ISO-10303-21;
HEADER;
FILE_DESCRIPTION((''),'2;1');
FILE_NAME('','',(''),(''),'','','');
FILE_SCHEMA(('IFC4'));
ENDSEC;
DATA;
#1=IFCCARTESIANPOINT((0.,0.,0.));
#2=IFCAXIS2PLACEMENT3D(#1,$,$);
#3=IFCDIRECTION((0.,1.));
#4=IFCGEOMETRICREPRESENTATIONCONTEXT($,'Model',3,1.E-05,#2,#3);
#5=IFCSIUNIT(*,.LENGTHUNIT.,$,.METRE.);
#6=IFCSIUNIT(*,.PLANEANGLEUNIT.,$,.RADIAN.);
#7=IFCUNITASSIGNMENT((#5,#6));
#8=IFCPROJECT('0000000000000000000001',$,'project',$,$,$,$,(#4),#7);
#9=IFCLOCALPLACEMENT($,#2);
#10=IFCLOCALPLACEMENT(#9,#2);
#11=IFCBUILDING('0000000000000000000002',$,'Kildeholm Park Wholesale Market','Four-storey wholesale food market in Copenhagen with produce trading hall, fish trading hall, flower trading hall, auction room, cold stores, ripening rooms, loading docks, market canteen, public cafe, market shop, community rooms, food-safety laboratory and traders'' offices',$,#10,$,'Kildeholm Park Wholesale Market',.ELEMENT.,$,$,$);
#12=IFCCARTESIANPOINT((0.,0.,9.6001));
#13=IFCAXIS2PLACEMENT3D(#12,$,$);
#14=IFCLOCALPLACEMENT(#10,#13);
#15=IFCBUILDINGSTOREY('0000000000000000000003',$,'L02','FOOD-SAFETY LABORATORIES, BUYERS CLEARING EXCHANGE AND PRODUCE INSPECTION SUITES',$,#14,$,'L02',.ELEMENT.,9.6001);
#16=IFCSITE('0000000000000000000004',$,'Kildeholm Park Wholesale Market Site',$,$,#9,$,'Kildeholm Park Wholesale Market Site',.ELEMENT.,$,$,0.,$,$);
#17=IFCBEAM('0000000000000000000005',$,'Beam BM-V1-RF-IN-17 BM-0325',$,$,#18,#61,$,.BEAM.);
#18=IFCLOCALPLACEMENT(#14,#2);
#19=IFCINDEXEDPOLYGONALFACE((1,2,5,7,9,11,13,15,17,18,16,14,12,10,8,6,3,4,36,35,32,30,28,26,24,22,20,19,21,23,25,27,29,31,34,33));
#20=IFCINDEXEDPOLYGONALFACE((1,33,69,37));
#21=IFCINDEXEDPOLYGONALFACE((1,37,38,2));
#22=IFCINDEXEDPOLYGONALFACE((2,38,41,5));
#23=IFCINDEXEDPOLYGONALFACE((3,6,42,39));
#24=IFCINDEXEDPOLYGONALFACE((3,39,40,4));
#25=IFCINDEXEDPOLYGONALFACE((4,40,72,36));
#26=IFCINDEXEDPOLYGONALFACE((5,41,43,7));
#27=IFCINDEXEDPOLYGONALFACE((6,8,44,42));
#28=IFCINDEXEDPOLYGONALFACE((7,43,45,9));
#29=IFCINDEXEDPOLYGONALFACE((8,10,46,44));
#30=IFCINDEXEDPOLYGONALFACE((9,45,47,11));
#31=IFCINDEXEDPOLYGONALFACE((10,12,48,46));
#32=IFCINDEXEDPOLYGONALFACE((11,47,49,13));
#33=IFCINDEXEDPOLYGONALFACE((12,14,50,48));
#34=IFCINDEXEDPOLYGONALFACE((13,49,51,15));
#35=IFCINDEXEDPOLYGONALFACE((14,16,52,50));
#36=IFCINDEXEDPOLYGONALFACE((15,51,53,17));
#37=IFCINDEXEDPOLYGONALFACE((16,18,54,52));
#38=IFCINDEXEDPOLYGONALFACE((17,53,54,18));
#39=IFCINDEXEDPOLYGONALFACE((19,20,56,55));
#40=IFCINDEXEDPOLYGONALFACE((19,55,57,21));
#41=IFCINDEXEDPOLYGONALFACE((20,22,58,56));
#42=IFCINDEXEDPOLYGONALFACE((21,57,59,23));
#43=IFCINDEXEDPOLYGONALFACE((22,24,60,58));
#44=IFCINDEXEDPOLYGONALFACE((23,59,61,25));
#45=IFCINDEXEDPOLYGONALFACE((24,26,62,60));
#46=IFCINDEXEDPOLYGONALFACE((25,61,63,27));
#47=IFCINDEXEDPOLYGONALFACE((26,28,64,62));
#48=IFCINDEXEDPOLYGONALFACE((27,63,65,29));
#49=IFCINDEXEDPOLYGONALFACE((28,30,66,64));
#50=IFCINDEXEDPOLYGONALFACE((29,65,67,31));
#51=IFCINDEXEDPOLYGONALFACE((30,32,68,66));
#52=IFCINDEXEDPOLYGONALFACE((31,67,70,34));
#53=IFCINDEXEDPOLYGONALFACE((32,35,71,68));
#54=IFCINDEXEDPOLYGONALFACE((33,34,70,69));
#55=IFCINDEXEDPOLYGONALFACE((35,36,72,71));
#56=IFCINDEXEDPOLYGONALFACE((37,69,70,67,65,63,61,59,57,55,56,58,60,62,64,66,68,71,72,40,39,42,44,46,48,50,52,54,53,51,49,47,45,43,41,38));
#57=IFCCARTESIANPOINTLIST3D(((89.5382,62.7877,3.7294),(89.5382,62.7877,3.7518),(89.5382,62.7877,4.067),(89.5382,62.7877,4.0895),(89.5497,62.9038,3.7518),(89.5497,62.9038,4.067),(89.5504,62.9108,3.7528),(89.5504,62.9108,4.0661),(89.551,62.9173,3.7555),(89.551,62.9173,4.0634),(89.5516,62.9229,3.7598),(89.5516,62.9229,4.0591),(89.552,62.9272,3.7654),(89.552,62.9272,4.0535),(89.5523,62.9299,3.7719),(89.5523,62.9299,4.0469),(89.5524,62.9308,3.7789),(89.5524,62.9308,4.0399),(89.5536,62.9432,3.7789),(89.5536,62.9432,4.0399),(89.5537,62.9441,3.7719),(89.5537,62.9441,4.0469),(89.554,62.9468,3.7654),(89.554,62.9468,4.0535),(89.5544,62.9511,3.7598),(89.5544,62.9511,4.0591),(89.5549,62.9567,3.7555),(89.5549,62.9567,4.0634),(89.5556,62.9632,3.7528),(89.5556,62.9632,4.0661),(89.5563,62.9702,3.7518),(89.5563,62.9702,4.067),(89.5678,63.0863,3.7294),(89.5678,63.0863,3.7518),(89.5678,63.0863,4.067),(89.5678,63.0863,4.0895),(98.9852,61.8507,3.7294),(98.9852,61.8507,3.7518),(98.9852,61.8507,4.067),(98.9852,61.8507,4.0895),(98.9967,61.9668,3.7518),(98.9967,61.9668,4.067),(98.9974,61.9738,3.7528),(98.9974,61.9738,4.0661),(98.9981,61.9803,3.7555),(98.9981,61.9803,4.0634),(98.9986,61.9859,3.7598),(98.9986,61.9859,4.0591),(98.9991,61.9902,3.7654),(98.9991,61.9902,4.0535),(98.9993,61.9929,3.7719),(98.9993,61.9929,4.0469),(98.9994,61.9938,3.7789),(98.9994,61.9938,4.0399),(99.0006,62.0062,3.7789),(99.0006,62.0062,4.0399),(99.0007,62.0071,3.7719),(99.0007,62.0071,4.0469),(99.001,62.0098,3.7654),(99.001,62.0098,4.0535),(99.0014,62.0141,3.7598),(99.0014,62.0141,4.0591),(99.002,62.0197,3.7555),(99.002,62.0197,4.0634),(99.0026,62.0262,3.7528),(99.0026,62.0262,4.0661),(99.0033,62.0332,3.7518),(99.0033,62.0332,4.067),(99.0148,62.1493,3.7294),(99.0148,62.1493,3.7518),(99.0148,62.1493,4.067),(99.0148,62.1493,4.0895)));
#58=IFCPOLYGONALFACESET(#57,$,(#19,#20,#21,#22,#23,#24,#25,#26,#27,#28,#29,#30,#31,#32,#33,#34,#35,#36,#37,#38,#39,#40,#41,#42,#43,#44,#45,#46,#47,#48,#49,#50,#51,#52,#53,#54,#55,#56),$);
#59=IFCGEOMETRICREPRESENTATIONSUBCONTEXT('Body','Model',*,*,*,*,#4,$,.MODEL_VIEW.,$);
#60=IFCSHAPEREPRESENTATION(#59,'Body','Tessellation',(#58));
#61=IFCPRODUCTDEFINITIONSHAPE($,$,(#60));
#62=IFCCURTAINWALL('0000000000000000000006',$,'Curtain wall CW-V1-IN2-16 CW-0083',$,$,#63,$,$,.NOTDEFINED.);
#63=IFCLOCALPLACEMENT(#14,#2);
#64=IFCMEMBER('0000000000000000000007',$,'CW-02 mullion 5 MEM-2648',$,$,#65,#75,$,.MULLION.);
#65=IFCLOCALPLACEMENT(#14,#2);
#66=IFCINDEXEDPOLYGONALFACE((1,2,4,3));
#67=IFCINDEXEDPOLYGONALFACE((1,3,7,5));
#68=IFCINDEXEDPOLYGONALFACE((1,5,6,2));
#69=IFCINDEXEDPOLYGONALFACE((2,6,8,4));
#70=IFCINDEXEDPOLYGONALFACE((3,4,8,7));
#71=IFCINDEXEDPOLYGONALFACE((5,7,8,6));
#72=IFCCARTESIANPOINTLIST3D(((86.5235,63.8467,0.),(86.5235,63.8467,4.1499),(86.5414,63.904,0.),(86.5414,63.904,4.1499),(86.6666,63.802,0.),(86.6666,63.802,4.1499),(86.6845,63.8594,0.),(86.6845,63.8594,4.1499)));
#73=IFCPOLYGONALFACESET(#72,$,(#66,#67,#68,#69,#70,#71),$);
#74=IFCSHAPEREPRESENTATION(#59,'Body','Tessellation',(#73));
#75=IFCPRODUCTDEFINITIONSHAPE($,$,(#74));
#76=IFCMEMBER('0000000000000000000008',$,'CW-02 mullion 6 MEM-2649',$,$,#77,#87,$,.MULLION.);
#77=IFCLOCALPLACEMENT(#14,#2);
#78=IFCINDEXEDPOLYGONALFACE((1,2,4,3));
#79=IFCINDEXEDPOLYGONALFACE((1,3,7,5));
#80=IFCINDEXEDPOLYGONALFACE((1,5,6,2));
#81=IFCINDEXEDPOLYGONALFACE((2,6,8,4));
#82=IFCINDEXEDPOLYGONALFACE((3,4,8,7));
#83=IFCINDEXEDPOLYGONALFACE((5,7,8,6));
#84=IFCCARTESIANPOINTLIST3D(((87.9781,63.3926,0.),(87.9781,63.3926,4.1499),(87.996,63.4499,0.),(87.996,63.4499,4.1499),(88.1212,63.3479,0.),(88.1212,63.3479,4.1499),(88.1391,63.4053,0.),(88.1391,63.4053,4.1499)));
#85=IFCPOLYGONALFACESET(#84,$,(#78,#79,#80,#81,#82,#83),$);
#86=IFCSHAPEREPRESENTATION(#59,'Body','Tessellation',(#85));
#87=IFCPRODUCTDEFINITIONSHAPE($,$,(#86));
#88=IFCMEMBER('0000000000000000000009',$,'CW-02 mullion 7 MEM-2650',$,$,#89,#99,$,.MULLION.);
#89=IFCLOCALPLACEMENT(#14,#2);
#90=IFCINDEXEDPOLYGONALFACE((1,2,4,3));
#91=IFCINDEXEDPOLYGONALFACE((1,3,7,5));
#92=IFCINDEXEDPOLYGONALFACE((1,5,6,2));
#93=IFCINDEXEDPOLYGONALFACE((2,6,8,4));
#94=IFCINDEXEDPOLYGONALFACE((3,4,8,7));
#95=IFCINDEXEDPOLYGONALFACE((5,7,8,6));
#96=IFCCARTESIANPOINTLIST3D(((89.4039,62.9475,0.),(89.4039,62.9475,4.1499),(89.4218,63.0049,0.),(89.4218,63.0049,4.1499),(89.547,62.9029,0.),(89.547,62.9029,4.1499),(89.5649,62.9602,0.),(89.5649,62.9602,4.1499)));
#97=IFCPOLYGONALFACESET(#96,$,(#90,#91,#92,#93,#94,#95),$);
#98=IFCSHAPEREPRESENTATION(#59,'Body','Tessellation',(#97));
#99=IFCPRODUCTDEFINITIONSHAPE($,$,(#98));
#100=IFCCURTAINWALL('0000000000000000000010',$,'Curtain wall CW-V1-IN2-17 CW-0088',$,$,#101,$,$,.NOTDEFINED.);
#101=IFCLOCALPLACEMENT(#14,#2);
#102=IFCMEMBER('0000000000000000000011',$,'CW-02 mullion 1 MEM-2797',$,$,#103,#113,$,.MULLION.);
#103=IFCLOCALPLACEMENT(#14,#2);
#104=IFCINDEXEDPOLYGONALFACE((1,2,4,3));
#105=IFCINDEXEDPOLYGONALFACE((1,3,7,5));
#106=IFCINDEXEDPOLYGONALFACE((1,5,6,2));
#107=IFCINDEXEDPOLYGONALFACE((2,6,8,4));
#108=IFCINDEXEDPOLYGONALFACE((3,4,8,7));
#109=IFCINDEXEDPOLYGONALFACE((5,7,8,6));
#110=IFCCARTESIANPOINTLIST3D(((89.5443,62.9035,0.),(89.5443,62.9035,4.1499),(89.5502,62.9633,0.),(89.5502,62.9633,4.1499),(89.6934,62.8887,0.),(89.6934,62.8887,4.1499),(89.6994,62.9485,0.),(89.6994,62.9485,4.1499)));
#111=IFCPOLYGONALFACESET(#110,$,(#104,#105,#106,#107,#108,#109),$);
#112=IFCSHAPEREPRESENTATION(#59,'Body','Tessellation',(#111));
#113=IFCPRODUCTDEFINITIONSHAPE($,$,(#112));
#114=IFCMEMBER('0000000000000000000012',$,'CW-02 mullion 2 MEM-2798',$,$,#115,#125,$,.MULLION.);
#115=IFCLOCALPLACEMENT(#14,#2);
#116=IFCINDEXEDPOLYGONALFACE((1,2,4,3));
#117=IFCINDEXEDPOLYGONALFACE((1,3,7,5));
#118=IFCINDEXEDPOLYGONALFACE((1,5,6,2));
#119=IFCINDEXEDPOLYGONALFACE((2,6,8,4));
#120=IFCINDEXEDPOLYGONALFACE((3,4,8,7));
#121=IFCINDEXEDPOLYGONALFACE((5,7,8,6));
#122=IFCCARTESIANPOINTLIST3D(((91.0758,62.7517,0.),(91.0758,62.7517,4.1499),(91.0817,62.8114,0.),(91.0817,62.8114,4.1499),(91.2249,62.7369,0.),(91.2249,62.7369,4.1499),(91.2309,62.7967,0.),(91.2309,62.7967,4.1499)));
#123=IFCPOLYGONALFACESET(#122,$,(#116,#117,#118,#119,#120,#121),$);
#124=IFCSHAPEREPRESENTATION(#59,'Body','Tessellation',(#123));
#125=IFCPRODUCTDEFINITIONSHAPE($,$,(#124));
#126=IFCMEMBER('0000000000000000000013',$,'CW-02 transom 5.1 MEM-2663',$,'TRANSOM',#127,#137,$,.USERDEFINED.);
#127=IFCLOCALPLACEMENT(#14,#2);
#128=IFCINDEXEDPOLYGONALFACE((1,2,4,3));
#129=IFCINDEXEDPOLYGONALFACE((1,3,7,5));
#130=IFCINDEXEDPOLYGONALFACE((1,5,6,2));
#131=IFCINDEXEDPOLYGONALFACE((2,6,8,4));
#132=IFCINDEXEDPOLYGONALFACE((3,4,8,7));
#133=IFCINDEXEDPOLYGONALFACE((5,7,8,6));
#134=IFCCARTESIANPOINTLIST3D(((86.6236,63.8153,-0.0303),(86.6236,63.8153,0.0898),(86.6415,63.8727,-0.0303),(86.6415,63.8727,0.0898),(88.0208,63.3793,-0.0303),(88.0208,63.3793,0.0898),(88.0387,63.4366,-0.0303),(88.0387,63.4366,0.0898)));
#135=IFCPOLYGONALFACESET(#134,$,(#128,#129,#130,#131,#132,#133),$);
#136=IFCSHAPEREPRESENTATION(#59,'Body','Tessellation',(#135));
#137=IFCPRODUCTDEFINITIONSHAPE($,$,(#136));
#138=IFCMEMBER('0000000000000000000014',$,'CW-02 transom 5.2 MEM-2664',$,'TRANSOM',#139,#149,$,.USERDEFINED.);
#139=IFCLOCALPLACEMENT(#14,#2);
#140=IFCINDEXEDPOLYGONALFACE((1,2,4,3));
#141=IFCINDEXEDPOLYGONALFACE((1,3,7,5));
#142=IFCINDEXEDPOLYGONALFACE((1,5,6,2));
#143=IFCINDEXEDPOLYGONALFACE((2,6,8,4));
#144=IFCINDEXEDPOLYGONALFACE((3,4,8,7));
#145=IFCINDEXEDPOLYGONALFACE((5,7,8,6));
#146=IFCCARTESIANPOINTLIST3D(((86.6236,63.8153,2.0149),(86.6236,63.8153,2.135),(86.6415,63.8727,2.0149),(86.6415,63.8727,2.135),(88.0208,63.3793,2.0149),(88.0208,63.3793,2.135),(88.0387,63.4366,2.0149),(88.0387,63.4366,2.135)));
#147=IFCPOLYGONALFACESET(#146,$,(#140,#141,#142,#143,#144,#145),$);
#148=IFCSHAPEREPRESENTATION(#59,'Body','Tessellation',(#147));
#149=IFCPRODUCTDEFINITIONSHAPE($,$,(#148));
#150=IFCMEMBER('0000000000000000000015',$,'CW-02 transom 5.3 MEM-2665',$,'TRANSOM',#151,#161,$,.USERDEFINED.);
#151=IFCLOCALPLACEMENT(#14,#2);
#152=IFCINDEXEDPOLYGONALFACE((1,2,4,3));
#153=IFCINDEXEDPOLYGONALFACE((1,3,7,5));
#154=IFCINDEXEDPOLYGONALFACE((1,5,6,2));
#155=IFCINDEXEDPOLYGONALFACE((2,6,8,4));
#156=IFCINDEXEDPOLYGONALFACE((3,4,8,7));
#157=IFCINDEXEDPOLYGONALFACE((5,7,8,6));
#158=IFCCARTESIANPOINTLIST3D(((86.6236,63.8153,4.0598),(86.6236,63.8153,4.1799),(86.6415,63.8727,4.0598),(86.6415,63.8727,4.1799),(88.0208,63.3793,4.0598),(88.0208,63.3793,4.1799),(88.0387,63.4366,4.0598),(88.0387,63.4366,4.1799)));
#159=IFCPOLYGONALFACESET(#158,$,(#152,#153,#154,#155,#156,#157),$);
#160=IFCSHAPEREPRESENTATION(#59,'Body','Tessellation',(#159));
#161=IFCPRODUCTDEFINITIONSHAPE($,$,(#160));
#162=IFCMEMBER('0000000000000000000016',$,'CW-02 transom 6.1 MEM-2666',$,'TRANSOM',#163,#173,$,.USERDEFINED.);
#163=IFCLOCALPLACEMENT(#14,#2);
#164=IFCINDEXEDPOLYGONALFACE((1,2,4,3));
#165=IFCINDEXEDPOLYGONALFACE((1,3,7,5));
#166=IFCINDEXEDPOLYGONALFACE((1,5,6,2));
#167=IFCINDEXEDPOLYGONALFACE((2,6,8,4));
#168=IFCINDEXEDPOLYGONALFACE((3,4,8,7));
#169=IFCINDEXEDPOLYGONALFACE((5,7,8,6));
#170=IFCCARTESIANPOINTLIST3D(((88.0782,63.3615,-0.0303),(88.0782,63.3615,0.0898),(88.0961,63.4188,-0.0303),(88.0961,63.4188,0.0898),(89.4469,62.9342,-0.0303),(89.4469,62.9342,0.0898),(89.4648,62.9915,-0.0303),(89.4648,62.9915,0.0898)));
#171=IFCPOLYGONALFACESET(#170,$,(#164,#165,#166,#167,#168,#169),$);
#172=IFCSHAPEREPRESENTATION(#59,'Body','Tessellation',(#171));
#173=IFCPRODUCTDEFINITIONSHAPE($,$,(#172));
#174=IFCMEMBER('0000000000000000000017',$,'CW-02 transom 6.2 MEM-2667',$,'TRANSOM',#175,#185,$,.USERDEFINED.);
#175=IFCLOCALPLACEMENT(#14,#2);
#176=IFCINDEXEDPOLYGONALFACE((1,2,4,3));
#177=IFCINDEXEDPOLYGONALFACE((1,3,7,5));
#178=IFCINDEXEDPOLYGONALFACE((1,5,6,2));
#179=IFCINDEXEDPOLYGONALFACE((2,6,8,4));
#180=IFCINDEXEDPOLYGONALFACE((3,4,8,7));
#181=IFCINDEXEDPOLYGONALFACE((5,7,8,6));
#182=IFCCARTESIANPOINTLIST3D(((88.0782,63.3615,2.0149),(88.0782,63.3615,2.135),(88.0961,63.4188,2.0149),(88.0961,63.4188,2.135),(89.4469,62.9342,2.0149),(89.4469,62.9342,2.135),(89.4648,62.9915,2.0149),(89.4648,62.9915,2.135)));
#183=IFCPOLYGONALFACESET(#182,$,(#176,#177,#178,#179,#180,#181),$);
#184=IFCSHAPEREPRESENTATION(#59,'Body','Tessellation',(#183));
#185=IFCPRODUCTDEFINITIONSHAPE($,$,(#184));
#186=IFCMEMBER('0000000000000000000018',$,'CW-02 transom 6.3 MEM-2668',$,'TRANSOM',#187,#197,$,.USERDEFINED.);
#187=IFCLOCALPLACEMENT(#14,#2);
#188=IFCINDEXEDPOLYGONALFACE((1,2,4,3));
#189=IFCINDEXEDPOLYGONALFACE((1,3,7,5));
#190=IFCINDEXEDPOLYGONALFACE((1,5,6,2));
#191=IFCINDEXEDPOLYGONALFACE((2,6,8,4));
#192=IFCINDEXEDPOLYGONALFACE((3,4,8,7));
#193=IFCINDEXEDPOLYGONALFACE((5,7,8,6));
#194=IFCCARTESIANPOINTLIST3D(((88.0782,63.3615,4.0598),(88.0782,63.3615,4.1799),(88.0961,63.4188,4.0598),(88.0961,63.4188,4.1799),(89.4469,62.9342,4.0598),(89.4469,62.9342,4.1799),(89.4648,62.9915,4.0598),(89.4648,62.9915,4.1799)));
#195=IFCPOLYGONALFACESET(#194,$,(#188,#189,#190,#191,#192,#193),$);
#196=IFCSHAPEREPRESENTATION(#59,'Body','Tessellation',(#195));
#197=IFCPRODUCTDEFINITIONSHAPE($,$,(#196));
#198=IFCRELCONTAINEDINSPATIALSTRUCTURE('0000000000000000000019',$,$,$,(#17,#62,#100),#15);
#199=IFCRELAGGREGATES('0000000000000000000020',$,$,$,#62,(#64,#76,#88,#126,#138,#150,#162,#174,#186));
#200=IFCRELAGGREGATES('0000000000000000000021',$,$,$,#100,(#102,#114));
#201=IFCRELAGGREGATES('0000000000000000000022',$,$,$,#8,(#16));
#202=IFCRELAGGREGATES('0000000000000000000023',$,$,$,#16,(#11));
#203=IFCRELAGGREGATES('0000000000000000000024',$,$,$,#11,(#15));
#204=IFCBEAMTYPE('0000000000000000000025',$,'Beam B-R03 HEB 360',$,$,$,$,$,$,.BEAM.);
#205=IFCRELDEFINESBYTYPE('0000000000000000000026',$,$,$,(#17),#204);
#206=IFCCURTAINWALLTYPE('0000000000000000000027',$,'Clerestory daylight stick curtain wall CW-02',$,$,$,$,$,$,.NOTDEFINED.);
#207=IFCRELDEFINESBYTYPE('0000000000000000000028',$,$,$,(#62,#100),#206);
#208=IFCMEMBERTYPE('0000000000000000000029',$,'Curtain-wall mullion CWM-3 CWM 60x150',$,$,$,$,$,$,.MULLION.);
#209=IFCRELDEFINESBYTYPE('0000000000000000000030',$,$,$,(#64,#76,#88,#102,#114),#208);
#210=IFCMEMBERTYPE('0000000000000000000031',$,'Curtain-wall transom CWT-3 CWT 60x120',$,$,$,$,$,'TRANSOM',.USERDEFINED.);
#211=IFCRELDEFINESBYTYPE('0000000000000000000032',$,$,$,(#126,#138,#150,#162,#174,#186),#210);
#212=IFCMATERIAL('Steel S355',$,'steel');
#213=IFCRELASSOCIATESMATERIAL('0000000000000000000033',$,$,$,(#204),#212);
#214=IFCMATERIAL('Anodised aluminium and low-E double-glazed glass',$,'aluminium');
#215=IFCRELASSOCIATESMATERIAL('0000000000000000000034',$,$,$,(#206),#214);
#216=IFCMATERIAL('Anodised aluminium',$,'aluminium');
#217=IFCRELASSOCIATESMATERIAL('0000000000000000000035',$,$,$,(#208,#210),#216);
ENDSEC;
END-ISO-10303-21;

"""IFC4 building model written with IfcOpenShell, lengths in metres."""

from ifc_helpers import new_model, si_unit, direction, frame, origin, origin_2d, place, context, subcontext, project, spatial, rectangle, i_section, extrude, material, material_profile, profile_set, type_object, element, aggregate, save


model = new_model("IFC4")

# Units and contexts
model_context = context("Model", 3, precision=1e-05, world=origin(), true_north=direction((0.0, 1.0)))
body_context = subcontext(model_context, "Body", "Model", "MODEL_VIEW")
ifc_project = project(units=[si_unit("LENGTHUNIT", "METRE"), si_unit("PLANEANGLEUNIT", "RADIAN")], contexts=[model_context])

# Site, building, storey
site_placement = place(None, origin())
site = spatial("IfcSite", under=ifc_project, at=site_placement, Name="Kildeholm Park Wholesale Market Site", LongName="Kildeholm Park Wholesale Market Site", CompositionType="ELEMENT", RefElevation=0.0)
building_placement = place(site_placement, origin())
building = spatial("IfcBuilding", under=site, at=building_placement, Name="Kildeholm Park Wholesale Market", Description="Four-storey wholesale food market in Copenhagen with produce trading hall, fish trading hall, flower trading hall, auction room, cold stores, ripening rooms, loading docks, market canteen, public cafe, market shop, community rooms, food-safety laboratory and traders' offices", LongName="Kildeholm Park Wholesale Market", CompositionType="ELEMENT")
storey_placement = place(building_placement, frame((0.0, 0.0, 9.6001)))
storey = spatial("IfcBuildingStorey", under=building, at=storey_placement, Name="L02", Description="FOOD-SAFETY LABORATORIES, BUYERS CLEARING EXCHANGE AND PRODUCE INSPECTION SUITES", LongName="L02", CompositionType="ELEMENT", Elevation=9.6001)

# Shared definitions
ifc_material_1 = material(Name="Steel S355", Category="steel")

# Beam
ifc_material_profile_1 = material_profile(ifc_material_1, i_section(OverallWidth=0.3, OverallDepth=0.3601, WebThickness=0.0125, FlangeThickness=0.0225, FilletRadius=0.0271, at=origin_2d()), Name="HEB 360")
ifc_profile_set_1 = profile_set([ifc_material_profile_1], Name="Steel S355")
beam_type_1 = type_object("IfcBeamType", Name="Beam B-R03 HEB 360", PredefinedType="BEAM", material=ifc_profile_set_1)
beam_1_placement = place(storey_placement, frame((89.553, 62.937, 3.9094), z_axis=(0.995117, -0.098702, 0.0), x_axis=(0.098702, 0.995117, 0.0)))
element("IfcBeam", 1, at=beam_1_placement, inside=storey, type_object=beam_type_1, Name="Beam BM-V1-RF-IN-17 BM-0325", PredefinedType="BEAM", context=body_context, shape_type="SweptSolid", body=[
    extrude(i_section(OverallWidth=0.3, OverallDepth=0.3601, WebThickness=0.0125, FlangeThickness=0.0225, FilletRadius=0.0271, at=origin_2d()), origin(), (0.0, 0.0, 1.0), 9.4934),
])

# Curtain walls, members
ifc_material_2 = material(Name="Anodised aluminium and low-E double-glazed glass", Category="aluminium")
curtain_wall_type = type_object("IfcCurtainWallType", Name="Clerestory daylight stick curtain wall CW-02", PredefinedType="NOTDEFINED", material=ifc_material_2)
curtain_wall_1_placement = place(storey_placement, origin())
curtain_wall_1 = element("IfcCurtainWall", 2, at=curtain_wall_1_placement, inside=storey, type_object=curtain_wall_type, Name="Curtain wall CW-V1-IN2-16 CW-0083", PredefinedType="NOTDEFINED")
ifc_material_3 = material(Name="Anodised aluminium", Category="aluminium")
ifc_material_profile_2 = material_profile(ifc_material_3, rectangle(XDim=0.0601, YDim=0.1499, at=origin_2d()), Name="CWM 60x150")
ifc_profile_set_2 = profile_set([ifc_material_profile_2], Name="Anodised aluminium")
member_type_1 = type_object("IfcMemberType", Name="Curtain-wall mullion CWM-3 CWM 60x150", PredefinedType="MULLION", material=ifc_profile_set_2)
member_1_placement = place(storey_placement, frame((86.604, 63.853, 0.0), z_axis=(0.0, 0.0, 1.0), x_axis=(0.297957, 0.954579, 0.0)))
member_1 = element("IfcMember", 3, at=member_1_placement, type_object=member_type_1, Name="CW-02 mullion 5 MEM-2648", PredefinedType="MULLION", context=body_context, shape_type="SweptSolid", body=[
    extrude(rectangle(XDim=0.0601, YDim=0.1499, at=origin_2d()), origin(), (0.0, 0.0, 1.0), 4.1499),
])
member_2_placement = place(storey_placement, frame((88.0586, 63.3989, 0.0), z_axis=(0.0, 0.0, 1.0), x_axis=(0.297957, 0.954579, 0.0)))
member_2 = element("IfcMember", 4, at=member_2_placement, type_object=member_type_1, Name="CW-02 mullion 6 MEM-2649", PredefinedType="MULLION", context=body_context, shape_type="SweptSolid", body=[
    extrude(rectangle(XDim=0.0601, YDim=0.1499, at=origin_2d()), origin(), (0.0, 0.0, 1.0), 4.1499),
])
member_3_placement = place(storey_placement, frame((89.4844, 62.9539, 0.0), z_axis=(0.0, 0.0, 1.0), x_axis=(0.297957, 0.954579, 0.0)))
member_3 = element("IfcMember", 5, at=member_3_placement, type_object=member_type_1, Name="CW-02 mullion 7 MEM-2650", PredefinedType="MULLION", context=body_context, shape_type="SweptSolid", body=[
    extrude(rectangle(XDim=0.0601, YDim=0.1499, at=origin_2d()), origin(), (0.0, 0.0, 1.0), 4.1499),
])
curtain_wall_2_placement = place(storey_placement, origin())
curtain_wall_2 = element("IfcCurtainWall", 6, at=curtain_wall_2_placement, inside=storey, type_object=curtain_wall_type, Name="Curtain wall CW-V1-IN2-17 CW-0088", PredefinedType="NOTDEFINED")
member_4_placement = place(storey_placement, frame((89.6218, 62.926, 0.0), z_axis=(0.0, 0.0, 1.0), x_axis=(0.098683, 0.995119, 0.0)))
member_4 = element("IfcMember", 7, at=member_4_placement, type_object=member_type_1, Name="CW-02 mullion 1 MEM-2797", PredefinedType="MULLION", context=body_context, shape_type="SweptSolid", body=[
    extrude(rectangle(XDim=0.0601, YDim=0.1499, at=origin_2d()), origin(), (0.0, 0.0, 1.0), 4.1499),
])
member_5_placement = place(storey_placement, frame((91.1533, 62.7742, 0.0), z_axis=(0.0, 0.0, 1.0), x_axis=(0.098683, 0.995119, 0.0)))
member_5 = element("IfcMember", 8, at=member_5_placement, type_object=member_type_1, Name="CW-02 mullion 2 MEM-2798", PredefinedType="MULLION", context=body_context, shape_type="SweptSolid", body=[
    extrude(rectangle(XDim=0.0601, YDim=0.1499, at=origin_2d()), origin(), (0.0, 0.0, 1.0), 4.1499),
])

# Members
ifc_material_profile_3 = material_profile(ifc_material_3, rectangle(XDim=0.0601, YDim=0.1201, at=origin_2d()), Name="CWT 60x120")
ifc_profile_set_3 = profile_set([ifc_material_profile_3], Name="Anodised aluminium")
member_type_2 = type_object("IfcMemberType", Name="Curtain-wall transom CWT-3 CWT 60x120", ElementType="TRANSOM", PredefinedType="USERDEFINED", material=ifc_profile_set_3)
member_6_placement = place(storey_placement, frame((86.6326, 63.844, 0.0298), z_axis=(0.954596, -0.297905, 0.0), x_axis=(0.297905, 0.954596, 0.0)))
member_6 = element("IfcMember", 9, at=member_6_placement, type_object=member_type_2, Name="CW-02 transom 5.1 MEM-2663", ObjectType="TRANSOM", PredefinedType="USERDEFINED", context=body_context, shape_type="SweptSolid", body=[
    extrude(rectangle(XDim=0.0601, YDim=0.1201, at=origin_2d()), origin(), (0.0, 0.0, 1.0), 1.4636),
])
member_7_placement = place(storey_placement, frame((86.6326, 63.844, 2.075), z_axis=(0.954596, -0.297905, 0.0), x_axis=(0.297905, 0.954596, 0.0)))
member_7 = element("IfcMember", 10, at=member_7_placement, type_object=member_type_2, Name="CW-02 transom 5.2 MEM-2664", ObjectType="TRANSOM", PredefinedType="USERDEFINED", context=body_context, shape_type="SweptSolid", body=[
    extrude(rectangle(XDim=0.0601, YDim=0.1201, at=origin_2d()), origin(), (0.0, 0.0, 1.0), 1.4636),
])
member_8_placement = place(storey_placement, frame((86.6326, 63.844, 4.1199), z_axis=(0.954596, -0.297905, 0.0), x_axis=(0.297905, 0.954596, 0.0)))
member_8 = element("IfcMember", 11, at=member_8_placement, type_object=member_type_2, Name="CW-02 transom 5.3 MEM-2665", ObjectType="TRANSOM", PredefinedType="USERDEFINED", context=body_context, shape_type="SweptSolid", body=[
    extrude(rectangle(XDim=0.0601, YDim=0.1201, at=origin_2d()), origin(), (0.0, 0.0, 1.0), 1.4636),
])
member_9_placement = place(storey_placement, frame((88.0872, 63.3901, 0.0298), z_axis=(0.954571, -0.297984, 0.0), x_axis=(0.297984, 0.954571, 0.0)))
member_9 = element("IfcMember", 12, at=member_9_placement, type_object=member_type_2, Name="CW-02 transom 6.1 MEM-2666", ObjectType="TRANSOM", PredefinedType="USERDEFINED", context=body_context, shape_type="SweptSolid", body=[
    extrude(rectangle(XDim=0.0601, YDim=0.1201, at=origin_2d()), origin(), (0.0, 0.0, 1.0), 1.4338),
])
member_10_placement = place(storey_placement, frame((88.0872, 63.3901, 2.075), z_axis=(0.954571, -0.297984, 0.0), x_axis=(0.297984, 0.954571, 0.0)))
member_10 = element("IfcMember", 13, at=member_10_placement, type_object=member_type_2, Name="CW-02 transom 6.2 MEM-2667", ObjectType="TRANSOM", PredefinedType="USERDEFINED", context=body_context, shape_type="SweptSolid", body=[
    extrude(rectangle(XDim=0.0601, YDim=0.1201, at=origin_2d()), origin(), (0.0, 0.0, 1.0), 1.4338),
])
member_11_placement = place(storey_placement, frame((88.0872, 63.3901, 4.1199), z_axis=(0.954571, -0.297984, 0.0), x_axis=(0.297984, 0.954571, 0.0)))
member_11 = element("IfcMember", 14, at=member_11_placement, type_object=member_type_2, Name="CW-02 transom 6.3 MEM-2668", ObjectType="TRANSOM", PredefinedType="USERDEFINED", context=body_context, shape_type="SweptSolid", body=[
    extrude(rectangle(XDim=0.0601, YDim=0.1201, at=origin_2d()), origin(), (0.0, 0.0, 1.0), 1.4338),
])

aggregate(curtain_wall_1, [member_1, member_2, member_3, member_6, member_7, member_8, member_9, member_10, member_11])
aggregate(curtain_wall_2, [member_4, member_5])

save(model, "model.ifc")
